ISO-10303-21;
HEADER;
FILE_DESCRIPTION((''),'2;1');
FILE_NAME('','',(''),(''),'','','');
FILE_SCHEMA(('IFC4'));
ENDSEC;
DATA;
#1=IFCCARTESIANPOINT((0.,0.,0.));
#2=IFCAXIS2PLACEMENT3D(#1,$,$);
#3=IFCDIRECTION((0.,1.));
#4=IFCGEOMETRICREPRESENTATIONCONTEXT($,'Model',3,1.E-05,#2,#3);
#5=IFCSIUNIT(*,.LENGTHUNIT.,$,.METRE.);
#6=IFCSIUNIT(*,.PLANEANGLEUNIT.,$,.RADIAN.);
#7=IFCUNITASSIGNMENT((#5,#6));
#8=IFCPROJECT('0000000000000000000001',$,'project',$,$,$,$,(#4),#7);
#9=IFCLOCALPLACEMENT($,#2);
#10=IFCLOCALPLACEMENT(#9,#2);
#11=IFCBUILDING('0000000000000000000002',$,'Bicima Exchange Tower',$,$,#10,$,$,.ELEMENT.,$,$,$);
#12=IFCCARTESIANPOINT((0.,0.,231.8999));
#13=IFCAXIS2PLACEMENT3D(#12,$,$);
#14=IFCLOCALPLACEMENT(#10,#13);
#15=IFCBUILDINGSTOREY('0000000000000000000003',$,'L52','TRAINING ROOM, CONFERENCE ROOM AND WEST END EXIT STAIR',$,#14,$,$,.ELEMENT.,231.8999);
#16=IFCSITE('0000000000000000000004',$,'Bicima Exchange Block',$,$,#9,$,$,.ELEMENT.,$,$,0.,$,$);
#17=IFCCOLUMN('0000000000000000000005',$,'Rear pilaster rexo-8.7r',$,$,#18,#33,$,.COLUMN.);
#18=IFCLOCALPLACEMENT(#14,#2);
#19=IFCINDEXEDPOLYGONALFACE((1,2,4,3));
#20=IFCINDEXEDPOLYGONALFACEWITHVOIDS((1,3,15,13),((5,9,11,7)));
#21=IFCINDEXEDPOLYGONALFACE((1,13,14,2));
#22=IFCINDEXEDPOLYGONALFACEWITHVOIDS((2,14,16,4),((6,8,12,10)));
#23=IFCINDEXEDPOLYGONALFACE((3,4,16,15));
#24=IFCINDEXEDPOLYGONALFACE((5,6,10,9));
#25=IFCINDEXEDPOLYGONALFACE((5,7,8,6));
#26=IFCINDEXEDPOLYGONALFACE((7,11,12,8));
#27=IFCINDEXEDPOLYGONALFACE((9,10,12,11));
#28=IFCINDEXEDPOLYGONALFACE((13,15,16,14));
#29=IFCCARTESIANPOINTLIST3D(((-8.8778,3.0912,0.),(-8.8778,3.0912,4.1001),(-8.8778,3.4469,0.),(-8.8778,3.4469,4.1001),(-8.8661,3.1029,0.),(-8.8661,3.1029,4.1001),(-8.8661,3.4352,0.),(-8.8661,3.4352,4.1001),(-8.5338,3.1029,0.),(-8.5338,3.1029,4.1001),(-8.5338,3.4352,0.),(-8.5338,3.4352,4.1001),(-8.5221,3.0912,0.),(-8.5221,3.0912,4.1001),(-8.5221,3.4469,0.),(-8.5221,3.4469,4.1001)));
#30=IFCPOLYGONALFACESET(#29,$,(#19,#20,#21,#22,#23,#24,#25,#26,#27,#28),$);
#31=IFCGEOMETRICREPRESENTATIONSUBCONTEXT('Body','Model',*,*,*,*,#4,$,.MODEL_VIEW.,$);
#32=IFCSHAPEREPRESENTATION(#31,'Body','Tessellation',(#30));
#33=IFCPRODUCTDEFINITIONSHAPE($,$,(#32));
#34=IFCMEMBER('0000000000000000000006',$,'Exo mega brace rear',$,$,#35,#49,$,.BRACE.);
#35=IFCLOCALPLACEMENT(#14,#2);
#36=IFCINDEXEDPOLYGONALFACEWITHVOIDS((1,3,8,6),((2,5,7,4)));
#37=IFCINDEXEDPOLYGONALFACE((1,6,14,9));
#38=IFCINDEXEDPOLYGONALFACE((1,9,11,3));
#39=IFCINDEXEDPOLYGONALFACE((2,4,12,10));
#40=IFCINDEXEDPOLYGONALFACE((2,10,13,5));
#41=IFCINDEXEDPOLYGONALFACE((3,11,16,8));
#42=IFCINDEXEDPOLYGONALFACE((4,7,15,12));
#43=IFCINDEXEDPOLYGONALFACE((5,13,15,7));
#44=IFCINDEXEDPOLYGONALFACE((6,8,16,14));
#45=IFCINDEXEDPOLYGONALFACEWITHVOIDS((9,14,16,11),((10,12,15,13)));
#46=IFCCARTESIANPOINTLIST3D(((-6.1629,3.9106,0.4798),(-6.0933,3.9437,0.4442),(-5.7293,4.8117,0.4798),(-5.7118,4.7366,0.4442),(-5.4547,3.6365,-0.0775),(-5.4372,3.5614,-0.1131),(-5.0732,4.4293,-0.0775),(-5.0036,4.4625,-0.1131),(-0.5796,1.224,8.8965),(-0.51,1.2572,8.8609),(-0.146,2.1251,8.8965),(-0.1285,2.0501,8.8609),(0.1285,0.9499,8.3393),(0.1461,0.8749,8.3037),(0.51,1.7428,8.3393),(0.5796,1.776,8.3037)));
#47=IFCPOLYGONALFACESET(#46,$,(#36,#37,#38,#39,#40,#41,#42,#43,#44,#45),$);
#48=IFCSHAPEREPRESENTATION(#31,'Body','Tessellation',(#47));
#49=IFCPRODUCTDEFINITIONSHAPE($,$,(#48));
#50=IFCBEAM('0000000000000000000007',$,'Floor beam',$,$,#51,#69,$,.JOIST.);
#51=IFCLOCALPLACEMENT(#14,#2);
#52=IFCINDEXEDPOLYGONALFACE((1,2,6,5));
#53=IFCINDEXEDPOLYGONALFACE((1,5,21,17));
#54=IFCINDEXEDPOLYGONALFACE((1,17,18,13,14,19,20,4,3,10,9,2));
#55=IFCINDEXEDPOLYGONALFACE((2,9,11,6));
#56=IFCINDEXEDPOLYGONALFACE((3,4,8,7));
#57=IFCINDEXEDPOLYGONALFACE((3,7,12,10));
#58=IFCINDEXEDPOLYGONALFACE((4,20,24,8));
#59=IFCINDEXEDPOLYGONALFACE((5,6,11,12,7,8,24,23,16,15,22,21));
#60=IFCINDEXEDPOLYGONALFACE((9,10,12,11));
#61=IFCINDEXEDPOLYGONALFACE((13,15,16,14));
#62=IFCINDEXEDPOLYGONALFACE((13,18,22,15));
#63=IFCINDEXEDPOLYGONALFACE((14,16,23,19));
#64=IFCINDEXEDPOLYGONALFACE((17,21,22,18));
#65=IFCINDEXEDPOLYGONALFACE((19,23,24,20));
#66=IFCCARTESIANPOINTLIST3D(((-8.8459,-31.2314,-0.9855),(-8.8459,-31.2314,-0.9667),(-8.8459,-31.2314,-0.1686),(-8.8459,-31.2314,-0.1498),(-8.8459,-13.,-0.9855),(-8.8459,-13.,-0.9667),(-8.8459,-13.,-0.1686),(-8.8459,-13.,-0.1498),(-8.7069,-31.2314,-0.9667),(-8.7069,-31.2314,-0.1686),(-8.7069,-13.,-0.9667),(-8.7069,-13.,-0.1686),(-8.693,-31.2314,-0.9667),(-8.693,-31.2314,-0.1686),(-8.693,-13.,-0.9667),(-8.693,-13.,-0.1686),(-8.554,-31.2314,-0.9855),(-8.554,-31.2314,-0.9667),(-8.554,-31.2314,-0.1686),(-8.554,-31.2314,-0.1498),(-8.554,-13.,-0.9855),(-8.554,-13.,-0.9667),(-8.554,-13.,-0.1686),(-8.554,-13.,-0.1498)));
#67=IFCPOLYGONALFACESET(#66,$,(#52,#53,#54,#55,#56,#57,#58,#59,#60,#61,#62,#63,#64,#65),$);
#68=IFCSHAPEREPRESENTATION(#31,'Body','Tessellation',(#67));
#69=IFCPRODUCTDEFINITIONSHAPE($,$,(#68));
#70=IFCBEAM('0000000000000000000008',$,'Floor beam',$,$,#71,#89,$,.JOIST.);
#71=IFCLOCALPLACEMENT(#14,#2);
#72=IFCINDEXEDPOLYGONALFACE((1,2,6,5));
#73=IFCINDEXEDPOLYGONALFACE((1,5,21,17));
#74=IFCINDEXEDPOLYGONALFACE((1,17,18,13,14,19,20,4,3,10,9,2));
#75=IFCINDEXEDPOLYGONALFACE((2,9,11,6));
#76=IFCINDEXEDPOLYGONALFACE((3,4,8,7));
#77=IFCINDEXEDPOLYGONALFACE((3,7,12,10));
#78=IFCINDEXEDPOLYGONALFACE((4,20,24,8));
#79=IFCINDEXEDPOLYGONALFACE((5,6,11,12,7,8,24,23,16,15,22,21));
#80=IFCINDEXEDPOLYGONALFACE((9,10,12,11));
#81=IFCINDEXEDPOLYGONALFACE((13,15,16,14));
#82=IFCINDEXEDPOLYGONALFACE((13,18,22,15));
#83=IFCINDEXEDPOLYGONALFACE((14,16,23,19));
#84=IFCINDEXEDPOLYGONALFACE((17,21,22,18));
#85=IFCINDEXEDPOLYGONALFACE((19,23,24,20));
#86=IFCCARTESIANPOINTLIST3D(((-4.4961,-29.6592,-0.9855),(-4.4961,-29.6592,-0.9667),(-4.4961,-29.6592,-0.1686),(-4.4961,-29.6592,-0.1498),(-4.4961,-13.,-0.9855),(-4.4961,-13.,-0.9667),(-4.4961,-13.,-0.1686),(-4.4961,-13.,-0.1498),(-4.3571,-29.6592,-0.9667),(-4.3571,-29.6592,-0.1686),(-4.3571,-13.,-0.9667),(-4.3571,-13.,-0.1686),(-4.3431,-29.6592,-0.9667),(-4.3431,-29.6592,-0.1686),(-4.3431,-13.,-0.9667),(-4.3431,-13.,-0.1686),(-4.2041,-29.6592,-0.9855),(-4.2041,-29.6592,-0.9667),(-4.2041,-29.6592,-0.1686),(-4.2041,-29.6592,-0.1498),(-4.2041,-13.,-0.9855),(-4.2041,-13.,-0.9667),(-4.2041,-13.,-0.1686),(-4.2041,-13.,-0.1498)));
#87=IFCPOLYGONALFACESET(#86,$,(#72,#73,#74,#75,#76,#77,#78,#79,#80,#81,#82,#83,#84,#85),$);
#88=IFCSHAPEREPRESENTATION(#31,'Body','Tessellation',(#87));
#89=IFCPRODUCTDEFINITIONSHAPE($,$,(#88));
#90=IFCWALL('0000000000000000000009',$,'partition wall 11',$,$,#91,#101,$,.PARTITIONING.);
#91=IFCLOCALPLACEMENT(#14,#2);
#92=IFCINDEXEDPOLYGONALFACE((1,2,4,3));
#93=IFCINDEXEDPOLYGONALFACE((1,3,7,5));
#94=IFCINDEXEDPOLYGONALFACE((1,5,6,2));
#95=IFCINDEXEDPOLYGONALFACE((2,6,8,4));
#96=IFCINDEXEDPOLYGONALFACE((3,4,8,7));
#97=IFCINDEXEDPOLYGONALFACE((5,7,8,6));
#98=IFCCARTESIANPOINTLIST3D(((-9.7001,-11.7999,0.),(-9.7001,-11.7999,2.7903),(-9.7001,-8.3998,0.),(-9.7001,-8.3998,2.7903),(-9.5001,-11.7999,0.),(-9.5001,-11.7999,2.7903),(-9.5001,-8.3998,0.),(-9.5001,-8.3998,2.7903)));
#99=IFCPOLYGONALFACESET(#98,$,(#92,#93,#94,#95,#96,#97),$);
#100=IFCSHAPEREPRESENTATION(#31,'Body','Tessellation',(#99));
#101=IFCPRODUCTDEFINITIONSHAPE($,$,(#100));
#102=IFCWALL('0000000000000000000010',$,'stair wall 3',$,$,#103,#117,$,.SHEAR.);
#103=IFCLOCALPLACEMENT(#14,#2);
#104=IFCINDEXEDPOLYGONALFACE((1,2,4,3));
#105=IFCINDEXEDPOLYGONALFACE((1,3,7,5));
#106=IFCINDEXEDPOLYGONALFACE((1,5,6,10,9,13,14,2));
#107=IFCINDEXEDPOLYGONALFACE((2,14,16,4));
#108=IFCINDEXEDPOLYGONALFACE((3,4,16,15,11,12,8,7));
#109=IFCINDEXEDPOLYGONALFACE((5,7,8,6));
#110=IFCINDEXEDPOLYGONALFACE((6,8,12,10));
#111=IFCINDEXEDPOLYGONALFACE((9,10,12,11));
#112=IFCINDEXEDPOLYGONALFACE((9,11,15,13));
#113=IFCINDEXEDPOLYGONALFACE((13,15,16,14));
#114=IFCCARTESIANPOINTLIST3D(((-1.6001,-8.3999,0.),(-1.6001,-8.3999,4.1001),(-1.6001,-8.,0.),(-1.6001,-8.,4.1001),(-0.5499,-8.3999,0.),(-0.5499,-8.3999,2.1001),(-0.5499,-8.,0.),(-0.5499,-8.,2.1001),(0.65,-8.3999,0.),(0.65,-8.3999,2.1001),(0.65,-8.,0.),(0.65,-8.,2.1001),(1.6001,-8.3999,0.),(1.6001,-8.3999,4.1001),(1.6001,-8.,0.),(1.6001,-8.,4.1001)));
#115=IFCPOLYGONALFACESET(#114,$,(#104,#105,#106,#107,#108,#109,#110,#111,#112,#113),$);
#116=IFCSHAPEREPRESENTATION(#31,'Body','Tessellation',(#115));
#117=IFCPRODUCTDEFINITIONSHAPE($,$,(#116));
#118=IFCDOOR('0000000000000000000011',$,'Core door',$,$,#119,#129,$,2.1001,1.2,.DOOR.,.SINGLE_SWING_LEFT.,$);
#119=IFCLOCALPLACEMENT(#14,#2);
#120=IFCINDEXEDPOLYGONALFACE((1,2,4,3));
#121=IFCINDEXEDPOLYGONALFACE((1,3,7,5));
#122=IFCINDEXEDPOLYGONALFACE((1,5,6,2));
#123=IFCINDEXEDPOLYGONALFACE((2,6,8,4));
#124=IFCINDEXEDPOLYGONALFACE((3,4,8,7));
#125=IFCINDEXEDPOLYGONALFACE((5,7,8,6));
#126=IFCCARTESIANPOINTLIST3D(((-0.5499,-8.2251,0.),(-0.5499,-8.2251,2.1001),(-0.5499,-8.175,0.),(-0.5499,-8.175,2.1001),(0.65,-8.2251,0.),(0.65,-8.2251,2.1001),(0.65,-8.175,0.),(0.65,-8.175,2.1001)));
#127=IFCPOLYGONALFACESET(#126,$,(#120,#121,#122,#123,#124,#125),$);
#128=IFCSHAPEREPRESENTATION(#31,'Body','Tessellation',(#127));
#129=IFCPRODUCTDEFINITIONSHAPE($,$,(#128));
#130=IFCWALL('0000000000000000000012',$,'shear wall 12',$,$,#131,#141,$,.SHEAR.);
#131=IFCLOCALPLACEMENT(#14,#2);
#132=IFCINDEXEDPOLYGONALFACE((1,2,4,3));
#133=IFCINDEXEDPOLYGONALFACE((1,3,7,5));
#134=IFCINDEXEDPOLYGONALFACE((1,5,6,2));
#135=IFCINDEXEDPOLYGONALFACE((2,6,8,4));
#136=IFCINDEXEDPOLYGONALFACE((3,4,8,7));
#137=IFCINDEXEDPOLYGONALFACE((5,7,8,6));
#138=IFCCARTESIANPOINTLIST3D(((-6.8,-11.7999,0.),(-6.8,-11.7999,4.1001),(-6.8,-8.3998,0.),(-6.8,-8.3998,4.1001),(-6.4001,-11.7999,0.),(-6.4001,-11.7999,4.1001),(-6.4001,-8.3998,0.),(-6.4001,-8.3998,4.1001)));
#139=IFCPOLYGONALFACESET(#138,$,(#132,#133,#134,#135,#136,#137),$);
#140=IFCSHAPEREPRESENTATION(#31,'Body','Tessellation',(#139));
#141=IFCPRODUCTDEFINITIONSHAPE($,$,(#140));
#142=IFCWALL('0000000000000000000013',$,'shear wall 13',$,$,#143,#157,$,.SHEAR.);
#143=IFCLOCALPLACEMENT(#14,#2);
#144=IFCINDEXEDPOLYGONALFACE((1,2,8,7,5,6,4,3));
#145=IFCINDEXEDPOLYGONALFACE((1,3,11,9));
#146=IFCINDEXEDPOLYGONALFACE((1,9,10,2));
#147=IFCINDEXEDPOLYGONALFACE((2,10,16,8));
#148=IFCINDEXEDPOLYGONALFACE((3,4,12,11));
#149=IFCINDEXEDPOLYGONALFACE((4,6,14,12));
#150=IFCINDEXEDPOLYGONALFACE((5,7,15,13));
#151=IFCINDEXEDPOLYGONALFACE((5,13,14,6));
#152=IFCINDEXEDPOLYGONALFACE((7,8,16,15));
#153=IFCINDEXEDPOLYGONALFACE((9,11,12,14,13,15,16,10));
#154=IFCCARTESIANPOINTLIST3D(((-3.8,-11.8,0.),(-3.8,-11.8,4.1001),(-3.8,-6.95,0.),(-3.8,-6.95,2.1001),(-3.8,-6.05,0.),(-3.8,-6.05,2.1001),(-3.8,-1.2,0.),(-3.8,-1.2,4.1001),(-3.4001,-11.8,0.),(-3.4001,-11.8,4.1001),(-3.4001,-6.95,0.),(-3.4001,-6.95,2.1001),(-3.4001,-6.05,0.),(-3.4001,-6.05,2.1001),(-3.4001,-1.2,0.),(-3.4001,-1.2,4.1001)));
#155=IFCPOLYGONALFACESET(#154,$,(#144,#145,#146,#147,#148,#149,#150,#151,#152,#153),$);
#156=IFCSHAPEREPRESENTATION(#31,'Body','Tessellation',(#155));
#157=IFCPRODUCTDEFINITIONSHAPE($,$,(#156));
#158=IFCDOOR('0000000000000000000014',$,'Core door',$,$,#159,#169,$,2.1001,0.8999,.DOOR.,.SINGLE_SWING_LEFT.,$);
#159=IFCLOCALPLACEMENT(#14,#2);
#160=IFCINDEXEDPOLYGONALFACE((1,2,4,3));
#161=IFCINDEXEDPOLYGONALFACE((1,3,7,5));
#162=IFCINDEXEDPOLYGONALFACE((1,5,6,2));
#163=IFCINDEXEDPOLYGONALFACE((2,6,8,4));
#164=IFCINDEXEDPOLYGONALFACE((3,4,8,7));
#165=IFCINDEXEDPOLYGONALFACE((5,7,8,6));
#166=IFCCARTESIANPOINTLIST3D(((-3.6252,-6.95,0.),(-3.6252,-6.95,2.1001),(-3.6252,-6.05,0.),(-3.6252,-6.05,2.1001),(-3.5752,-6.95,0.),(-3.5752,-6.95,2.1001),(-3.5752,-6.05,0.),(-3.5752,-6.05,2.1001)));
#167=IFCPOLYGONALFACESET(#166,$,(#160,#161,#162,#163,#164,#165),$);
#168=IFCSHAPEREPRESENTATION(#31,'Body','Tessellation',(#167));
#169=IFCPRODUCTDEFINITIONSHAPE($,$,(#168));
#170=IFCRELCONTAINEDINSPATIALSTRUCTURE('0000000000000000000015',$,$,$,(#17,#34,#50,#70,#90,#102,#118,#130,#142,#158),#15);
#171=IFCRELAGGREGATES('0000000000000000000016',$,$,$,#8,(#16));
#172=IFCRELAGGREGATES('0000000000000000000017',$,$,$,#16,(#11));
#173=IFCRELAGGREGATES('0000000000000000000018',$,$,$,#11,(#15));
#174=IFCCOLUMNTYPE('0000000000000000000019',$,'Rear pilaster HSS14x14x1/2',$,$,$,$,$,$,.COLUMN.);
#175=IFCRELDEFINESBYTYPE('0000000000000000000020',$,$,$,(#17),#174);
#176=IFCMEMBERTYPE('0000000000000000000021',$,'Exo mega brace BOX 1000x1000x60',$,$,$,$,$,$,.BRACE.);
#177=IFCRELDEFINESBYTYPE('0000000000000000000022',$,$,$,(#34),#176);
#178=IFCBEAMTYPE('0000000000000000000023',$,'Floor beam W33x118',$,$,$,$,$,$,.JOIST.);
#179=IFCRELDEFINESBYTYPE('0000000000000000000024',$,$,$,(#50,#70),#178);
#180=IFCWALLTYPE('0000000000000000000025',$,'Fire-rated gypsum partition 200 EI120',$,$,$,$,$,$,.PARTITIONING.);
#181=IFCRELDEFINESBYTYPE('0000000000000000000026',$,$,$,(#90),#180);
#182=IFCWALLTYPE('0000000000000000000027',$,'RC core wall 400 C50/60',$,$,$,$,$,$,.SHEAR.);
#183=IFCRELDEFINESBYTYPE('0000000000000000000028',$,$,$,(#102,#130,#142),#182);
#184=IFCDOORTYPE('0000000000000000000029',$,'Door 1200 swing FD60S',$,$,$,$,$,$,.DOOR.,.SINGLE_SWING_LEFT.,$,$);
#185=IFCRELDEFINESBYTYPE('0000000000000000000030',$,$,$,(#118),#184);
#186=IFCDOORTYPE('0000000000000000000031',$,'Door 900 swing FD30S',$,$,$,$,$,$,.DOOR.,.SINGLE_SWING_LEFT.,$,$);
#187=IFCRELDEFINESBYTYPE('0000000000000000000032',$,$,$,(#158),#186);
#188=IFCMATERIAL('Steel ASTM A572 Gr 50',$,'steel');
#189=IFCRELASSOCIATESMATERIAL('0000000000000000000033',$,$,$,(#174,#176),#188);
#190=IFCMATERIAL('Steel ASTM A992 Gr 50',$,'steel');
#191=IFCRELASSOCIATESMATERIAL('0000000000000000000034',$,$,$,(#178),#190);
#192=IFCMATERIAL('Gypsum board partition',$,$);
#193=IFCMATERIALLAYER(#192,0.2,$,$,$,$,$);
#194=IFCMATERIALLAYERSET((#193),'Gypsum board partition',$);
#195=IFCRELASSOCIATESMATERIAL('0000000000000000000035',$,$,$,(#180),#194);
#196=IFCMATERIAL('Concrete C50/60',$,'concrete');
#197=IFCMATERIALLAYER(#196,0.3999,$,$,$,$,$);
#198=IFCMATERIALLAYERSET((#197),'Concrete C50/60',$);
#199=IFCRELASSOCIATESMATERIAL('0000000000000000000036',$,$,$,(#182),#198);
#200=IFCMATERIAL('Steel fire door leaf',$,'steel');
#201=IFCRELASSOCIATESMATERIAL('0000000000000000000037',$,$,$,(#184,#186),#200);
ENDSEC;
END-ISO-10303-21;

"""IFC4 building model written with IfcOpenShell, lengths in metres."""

from ifc_helpers import new_model, si_unit, direction, frame, frame_2d, origin, origin_2d, place, context, subcontext, project, spatial, rectangle, hollow_rectangle, i_section, extrude, material, layer, layer_set, material_profile, profile_set, type_object, element, fill, save


model = new_model("IFC4")

# Units and contexts
model_context = context("Model", 3, precision=1e-05, world=origin(), true_north=direction((0.0, 1.0)))
body_context = subcontext(model_context, "Body", "Model", "MODEL_VIEW")
ifc_project = project(units=[si_unit("LENGTHUNIT", "METRE"), si_unit("PLANEANGLEUNIT", "RADIAN")], contexts=[model_context])

# Site, building, storey
site_placement = place(None, origin())
site = spatial("IfcSite", under=ifc_project, at=site_placement, Name="Bicima Exchange Block", CompositionType="ELEMENT", RefElevation=0.0)
building_placement = place(site_placement, origin())
building = spatial("IfcBuilding", under=site, at=building_placement, Name="Bicima Exchange Tower", CompositionType="ELEMENT")
storey_placement = place(building_placement, frame((0.0, 0.0, 231.8999)))
storey = spatial("IfcBuildingStorey", under=building, at=storey_placement, Name="L52", Description="TRAINING ROOM, CONFERENCE ROOM AND WEST END EXIT STAIR", CompositionType="ELEMENT", Elevation=231.8999)

# Column
ifc_material_1 = material(Name="Steel ASTM A572 Gr 50", Category="steel")
ifc_material_profile_1 = material_profile(ifc_material_1, hollow_rectangle(XDim=0.3557, YDim=0.3557, WallThickness=0.0117, at=origin_2d()))
ifc_profile_set_1 = profile_set([ifc_material_profile_1], Name="Steel ASTM A572 Gr 50")
column_type = type_object("IfcColumnType", Name="Rear pilaster HSS14x14x1/2", PredefinedType="COLUMN", material=ifc_profile_set_1)
column_placement = place(storey_placement, frame((-8.7, 3.269, 0.0), z_axis=(0.0, 0.0, 1.0), x_axis=(1.0, 0.0, 0.0)))
element("IfcColumn", 1, at=column_placement, inside=storey, type_object=column_type, Name="Rear pilaster rexo-8.7r", PredefinedType="COLUMN", context=body_context, shape_type="SweptSolid", body=[
    extrude(hollow_rectangle(XDim=0.3557, YDim=0.3557, WallThickness=0.0117, at=origin_2d()), origin(), (0.0, 0.0, 1.0), 4.1001),
])

# Member
ifc_material_profile_2 = material_profile(ifc_material_1, hollow_rectangle(XDim=1.0, YDim=1.0, WallThickness=0.0601, at=origin_2d()))
ifc_profile_set_2 = profile_set([ifc_material_profile_2], Name="Steel ASTM A572 Gr 50")
member_type = type_object("IfcMemberType", Name="Exo mega brace BOX 1000x1000x60", PredefinedType="BRACE", material=ifc_profile_set_2)
member_placement = place(storey_placement, frame((-5.5833, 4.1865, 0.1833), z_axis=(0.534211, -0.257049, 0.805323), x_axis=(0.433592, 0.901109, 0.0)))
element("IfcMember", 2, at=member_placement, inside=storey, type_object=member_type, Name="Exo mega brace rear", PredefinedType="BRACE", context=body_context, shape_type="SweptSolid", body=[
    extrude(hollow_rectangle(XDim=1.0, YDim=1.0, WallThickness=0.0601, at=origin_2d()), origin(), (0.0, 0.0, 1.0), 10.4514),
])

# Beams
ifc_material_2 = material(Name="Steel ASTM A992 Gr 50", Category="steel")
ifc_material_profile_3 = material_profile(ifc_material_2, i_section(OverallWidth=0.292, OverallDepth=0.8357, WebThickness=0.0139, FlangeThickness=0.0188, at=origin_2d()))
ifc_profile_set_3 = profile_set([ifc_material_profile_3], Name="Steel ASTM A992 Gr 50")
beam_type = type_object("IfcBeamType", Name="Floor beam W33x118", PredefinedType="JOIST", material=ifc_profile_set_3)
beam_1_placement = place(storey_placement, frame((-8.7, -13.0, -0.5676), z_axis=(0.0, -1.0, 0.0), x_axis=(1.0, 0.0, 0.0)))
element("IfcBeam", 3, at=beam_1_placement, inside=storey, type_object=beam_type, Name="Floor beam", PredefinedType="JOIST", context=body_context, shape_type="SweptSolid", body=[
    extrude(i_section(OverallWidth=0.292, OverallDepth=0.8357, WebThickness=0.0139, FlangeThickness=0.0188, at=origin_2d()), origin(), (0.0, 0.0, 1.0), 18.2314),
])
beam_2_placement = place(storey_placement, frame((-4.3501, -13.0, -0.5676), z_axis=(0.0, -1.0, 0.0), x_axis=(1.0, 0.0, 0.0)))
element("IfcBeam", 4, at=beam_2_placement, inside=storey, type_object=beam_type, Name="Floor beam", PredefinedType="JOIST", context=body_context, shape_type="SweptSolid", body=[
    extrude(i_section(OverallWidth=0.292, OverallDepth=0.8357, WebThickness=0.0139, FlangeThickness=0.0188, at=origin_2d()), origin(), (0.0, 0.0, 1.0), 16.6592),
])

# Wall
ifc_material_3 = material(Name="Gypsum board partition")
ifc_layer_1 = layer(ifc_material_3, 0.2)
ifc_layer_set_1 = layer_set([ifc_layer_1], Name="Gypsum board partition")
wall_type_1 = type_object("IfcWallType", Name="Fire-rated gypsum partition 200 EI120", PredefinedType="PARTITIONING", material=ifc_layer_set_1)
wall_1_placement = place(storey_placement, frame((-9.6001, -11.8, 0.0), z_axis=(0.0, 0.0, 1.0), x_axis=(0.0, 1.0, 0.0)))
element("IfcWall", 5, at=wall_1_placement, inside=storey, type_object=wall_type_1, Name="partition wall 11", PredefinedType="PARTITIONING", context=body_context, shape_type="SweptSolid", body=[
    extrude(rectangle(XDim=3.4001, YDim=0.2, at=frame_2d((1.7002, 0.0))), origin(), (0.0, 0.0, 1.0), 2.7903),
])

# Wall, opening, door
ifc_material_4 = material(Name="Concrete C50/60", Category="concrete")
ifc_layer_2 = layer(ifc_material_4, 0.3999)
ifc_layer_set_2 = layer_set([ifc_layer_2], Name="Concrete C50/60")
wall_type_2 = type_object("IfcWallType", Name="RC core wall 400 C50/60", PredefinedType="SHEAR", material=ifc_layer_set_2)
wall_2_placement = place(storey_placement, frame((-1.6001, -8.2, 0.0), z_axis=(0.0, 0.0, 1.0), x_axis=(1.0, 0.0, 0.0)))
wall_2 = element("IfcWall", 6, at=wall_2_placement, inside=storey, type_object=wall_type_2, Name="stair wall 3", PredefinedType="SHEAR", context=body_context, shape_type="SweptSolid", body=[
    extrude(rectangle(XDim=3.2002, YDim=0.3999, at=frame_2d((1.6001, 0.0))), origin(), (0.0, 0.0, 1.0), 4.1001),
])
opening_1_placement = place(wall_2_placement, frame((1.05, 0.0, 0.0)))
opening_1 = element("IfcOpeningElement", 7, at=opening_1_placement, cuts=wall_2, PredefinedType="OPENING", context=body_context, shape_type="SweptSolid", body=[
    extrude(rectangle(XDim=1.2, YDim=2.1001, at=frame_2d((0.6001, 1.05))), frame((0.0, 0.2119, 0.0), z_axis=(0.0, -1.0, 0.0), x_axis=(1.0, 0.0, 0.0)), (0.0, 0.0, 1.0), 0.4238),
])
ifc_material_5 = material(Name="Steel fire door leaf", Category="steel")
door_type_1 = type_object("IfcDoorType", Name="Door 1200 swing FD60S", OperationType="SINGLE_SWING_LEFT", PredefinedType="DOOR", material=ifc_material_5)
door_1_placement = place(opening_1_placement, origin())
door_1 = element("IfcDoor", 8, at=door_1_placement, inside=storey, type_object=door_type_1, Name="Core door", OperationType="SINGLE_SWING_LEFT", OverallHeight=2.1001, OverallWidth=1.2, PredefinedType="DOOR", context=body_context, shape_type="SweptSolid", body=[
    extrude(rectangle(XDim=1.2, YDim=2.1001, at=frame_2d((0.6001, 1.05))), frame((0.0, 0.0249, 0.0), z_axis=(0.0, -1.0, 0.0), x_axis=(1.0, 0.0, 0.0)), (0.0, 0.0, 1.0), 0.05),
])
fill(opening_1, door_1)

# Wall
wall_3_placement = place(storey_placement, frame((-6.6001, -11.8, 0.0), z_axis=(0.0, 0.0, 1.0), x_axis=(0.0, 1.0, 0.0)))
element("IfcWall", 9, at=wall_3_placement, inside=storey, type_object=wall_type_2, Name="shear wall 12", PredefinedType="SHEAR", context=body_context, shape_type="SweptSolid", body=[
    extrude(rectangle(XDim=3.4001, YDim=0.3999, at=frame_2d((1.7002, 0.0))), origin(), (0.0, 0.0, 1.0), 4.1001),
])

# Wall, opening, door
wall_4_placement = place(storey_placement, frame((-3.6001, -11.8, 0.0), z_axis=(0.0, 0.0, 1.0), x_axis=(0.0, 1.0, 0.0)))
wall_4 = element("IfcWall", 10, at=wall_4_placement, inside=storey, type_object=wall_type_2, Name="shear wall 13", PredefinedType="SHEAR", context=body_context, shape_type="SweptSolid", body=[
    extrude(rectangle(XDim=10.6001, YDim=0.3999, at=frame_2d((5.3, 0.0))), origin(), (0.0, 0.0, 1.0), 4.1001),
])
opening_2_placement = place(wall_4_placement, frame((4.8501, 0.0, 0.0)))
opening_2 = element("IfcOpeningElement", 11, at=opening_2_placement, cuts=wall_4, PredefinedType="OPENING", context=body_context, shape_type="SweptSolid", body=[
    extrude(rectangle(XDim=0.8999, YDim=2.1001, at=frame_2d((0.45, 1.05))), frame((0.0, 0.2119, 0.0), z_axis=(0.0, -1.0, 0.0), x_axis=(1.0, 0.0, 0.0)), (0.0, 0.0, 1.0), 0.4238),
])
door_type_2 = type_object("IfcDoorType", Name="Door 900 swing FD30S", OperationType="SINGLE_SWING_LEFT", PredefinedType="DOOR", material=ifc_material_5)
door_2_placement = place(opening_2_placement, frame((0.8999, 0.0, 0.0), z_axis=(0.0, 0.0, 1.0), x_axis=(-1.0, 0.0, 0.0)))
door_2 = element("IfcDoor", 12, at=door_2_placement, inside=storey, type_object=door_type_2, Name="Core door", OperationType="SINGLE_SWING_LEFT", OverallHeight=2.1001, OverallWidth=0.8999, PredefinedType="DOOR", context=body_context, shape_type="SweptSolid", body=[
    extrude(rectangle(XDim=0.8999, YDim=2.1001, at=frame_2d((0.45, 1.05))), frame((0.0, 0.0249, 0.0), z_axis=(0.0, -1.0, 0.0), x_axis=(1.0, 0.0, 0.0)), (0.0, 0.0, 1.0), 0.05),
])
fill(opening_2, door_2)

save(model, "model.ifc")
